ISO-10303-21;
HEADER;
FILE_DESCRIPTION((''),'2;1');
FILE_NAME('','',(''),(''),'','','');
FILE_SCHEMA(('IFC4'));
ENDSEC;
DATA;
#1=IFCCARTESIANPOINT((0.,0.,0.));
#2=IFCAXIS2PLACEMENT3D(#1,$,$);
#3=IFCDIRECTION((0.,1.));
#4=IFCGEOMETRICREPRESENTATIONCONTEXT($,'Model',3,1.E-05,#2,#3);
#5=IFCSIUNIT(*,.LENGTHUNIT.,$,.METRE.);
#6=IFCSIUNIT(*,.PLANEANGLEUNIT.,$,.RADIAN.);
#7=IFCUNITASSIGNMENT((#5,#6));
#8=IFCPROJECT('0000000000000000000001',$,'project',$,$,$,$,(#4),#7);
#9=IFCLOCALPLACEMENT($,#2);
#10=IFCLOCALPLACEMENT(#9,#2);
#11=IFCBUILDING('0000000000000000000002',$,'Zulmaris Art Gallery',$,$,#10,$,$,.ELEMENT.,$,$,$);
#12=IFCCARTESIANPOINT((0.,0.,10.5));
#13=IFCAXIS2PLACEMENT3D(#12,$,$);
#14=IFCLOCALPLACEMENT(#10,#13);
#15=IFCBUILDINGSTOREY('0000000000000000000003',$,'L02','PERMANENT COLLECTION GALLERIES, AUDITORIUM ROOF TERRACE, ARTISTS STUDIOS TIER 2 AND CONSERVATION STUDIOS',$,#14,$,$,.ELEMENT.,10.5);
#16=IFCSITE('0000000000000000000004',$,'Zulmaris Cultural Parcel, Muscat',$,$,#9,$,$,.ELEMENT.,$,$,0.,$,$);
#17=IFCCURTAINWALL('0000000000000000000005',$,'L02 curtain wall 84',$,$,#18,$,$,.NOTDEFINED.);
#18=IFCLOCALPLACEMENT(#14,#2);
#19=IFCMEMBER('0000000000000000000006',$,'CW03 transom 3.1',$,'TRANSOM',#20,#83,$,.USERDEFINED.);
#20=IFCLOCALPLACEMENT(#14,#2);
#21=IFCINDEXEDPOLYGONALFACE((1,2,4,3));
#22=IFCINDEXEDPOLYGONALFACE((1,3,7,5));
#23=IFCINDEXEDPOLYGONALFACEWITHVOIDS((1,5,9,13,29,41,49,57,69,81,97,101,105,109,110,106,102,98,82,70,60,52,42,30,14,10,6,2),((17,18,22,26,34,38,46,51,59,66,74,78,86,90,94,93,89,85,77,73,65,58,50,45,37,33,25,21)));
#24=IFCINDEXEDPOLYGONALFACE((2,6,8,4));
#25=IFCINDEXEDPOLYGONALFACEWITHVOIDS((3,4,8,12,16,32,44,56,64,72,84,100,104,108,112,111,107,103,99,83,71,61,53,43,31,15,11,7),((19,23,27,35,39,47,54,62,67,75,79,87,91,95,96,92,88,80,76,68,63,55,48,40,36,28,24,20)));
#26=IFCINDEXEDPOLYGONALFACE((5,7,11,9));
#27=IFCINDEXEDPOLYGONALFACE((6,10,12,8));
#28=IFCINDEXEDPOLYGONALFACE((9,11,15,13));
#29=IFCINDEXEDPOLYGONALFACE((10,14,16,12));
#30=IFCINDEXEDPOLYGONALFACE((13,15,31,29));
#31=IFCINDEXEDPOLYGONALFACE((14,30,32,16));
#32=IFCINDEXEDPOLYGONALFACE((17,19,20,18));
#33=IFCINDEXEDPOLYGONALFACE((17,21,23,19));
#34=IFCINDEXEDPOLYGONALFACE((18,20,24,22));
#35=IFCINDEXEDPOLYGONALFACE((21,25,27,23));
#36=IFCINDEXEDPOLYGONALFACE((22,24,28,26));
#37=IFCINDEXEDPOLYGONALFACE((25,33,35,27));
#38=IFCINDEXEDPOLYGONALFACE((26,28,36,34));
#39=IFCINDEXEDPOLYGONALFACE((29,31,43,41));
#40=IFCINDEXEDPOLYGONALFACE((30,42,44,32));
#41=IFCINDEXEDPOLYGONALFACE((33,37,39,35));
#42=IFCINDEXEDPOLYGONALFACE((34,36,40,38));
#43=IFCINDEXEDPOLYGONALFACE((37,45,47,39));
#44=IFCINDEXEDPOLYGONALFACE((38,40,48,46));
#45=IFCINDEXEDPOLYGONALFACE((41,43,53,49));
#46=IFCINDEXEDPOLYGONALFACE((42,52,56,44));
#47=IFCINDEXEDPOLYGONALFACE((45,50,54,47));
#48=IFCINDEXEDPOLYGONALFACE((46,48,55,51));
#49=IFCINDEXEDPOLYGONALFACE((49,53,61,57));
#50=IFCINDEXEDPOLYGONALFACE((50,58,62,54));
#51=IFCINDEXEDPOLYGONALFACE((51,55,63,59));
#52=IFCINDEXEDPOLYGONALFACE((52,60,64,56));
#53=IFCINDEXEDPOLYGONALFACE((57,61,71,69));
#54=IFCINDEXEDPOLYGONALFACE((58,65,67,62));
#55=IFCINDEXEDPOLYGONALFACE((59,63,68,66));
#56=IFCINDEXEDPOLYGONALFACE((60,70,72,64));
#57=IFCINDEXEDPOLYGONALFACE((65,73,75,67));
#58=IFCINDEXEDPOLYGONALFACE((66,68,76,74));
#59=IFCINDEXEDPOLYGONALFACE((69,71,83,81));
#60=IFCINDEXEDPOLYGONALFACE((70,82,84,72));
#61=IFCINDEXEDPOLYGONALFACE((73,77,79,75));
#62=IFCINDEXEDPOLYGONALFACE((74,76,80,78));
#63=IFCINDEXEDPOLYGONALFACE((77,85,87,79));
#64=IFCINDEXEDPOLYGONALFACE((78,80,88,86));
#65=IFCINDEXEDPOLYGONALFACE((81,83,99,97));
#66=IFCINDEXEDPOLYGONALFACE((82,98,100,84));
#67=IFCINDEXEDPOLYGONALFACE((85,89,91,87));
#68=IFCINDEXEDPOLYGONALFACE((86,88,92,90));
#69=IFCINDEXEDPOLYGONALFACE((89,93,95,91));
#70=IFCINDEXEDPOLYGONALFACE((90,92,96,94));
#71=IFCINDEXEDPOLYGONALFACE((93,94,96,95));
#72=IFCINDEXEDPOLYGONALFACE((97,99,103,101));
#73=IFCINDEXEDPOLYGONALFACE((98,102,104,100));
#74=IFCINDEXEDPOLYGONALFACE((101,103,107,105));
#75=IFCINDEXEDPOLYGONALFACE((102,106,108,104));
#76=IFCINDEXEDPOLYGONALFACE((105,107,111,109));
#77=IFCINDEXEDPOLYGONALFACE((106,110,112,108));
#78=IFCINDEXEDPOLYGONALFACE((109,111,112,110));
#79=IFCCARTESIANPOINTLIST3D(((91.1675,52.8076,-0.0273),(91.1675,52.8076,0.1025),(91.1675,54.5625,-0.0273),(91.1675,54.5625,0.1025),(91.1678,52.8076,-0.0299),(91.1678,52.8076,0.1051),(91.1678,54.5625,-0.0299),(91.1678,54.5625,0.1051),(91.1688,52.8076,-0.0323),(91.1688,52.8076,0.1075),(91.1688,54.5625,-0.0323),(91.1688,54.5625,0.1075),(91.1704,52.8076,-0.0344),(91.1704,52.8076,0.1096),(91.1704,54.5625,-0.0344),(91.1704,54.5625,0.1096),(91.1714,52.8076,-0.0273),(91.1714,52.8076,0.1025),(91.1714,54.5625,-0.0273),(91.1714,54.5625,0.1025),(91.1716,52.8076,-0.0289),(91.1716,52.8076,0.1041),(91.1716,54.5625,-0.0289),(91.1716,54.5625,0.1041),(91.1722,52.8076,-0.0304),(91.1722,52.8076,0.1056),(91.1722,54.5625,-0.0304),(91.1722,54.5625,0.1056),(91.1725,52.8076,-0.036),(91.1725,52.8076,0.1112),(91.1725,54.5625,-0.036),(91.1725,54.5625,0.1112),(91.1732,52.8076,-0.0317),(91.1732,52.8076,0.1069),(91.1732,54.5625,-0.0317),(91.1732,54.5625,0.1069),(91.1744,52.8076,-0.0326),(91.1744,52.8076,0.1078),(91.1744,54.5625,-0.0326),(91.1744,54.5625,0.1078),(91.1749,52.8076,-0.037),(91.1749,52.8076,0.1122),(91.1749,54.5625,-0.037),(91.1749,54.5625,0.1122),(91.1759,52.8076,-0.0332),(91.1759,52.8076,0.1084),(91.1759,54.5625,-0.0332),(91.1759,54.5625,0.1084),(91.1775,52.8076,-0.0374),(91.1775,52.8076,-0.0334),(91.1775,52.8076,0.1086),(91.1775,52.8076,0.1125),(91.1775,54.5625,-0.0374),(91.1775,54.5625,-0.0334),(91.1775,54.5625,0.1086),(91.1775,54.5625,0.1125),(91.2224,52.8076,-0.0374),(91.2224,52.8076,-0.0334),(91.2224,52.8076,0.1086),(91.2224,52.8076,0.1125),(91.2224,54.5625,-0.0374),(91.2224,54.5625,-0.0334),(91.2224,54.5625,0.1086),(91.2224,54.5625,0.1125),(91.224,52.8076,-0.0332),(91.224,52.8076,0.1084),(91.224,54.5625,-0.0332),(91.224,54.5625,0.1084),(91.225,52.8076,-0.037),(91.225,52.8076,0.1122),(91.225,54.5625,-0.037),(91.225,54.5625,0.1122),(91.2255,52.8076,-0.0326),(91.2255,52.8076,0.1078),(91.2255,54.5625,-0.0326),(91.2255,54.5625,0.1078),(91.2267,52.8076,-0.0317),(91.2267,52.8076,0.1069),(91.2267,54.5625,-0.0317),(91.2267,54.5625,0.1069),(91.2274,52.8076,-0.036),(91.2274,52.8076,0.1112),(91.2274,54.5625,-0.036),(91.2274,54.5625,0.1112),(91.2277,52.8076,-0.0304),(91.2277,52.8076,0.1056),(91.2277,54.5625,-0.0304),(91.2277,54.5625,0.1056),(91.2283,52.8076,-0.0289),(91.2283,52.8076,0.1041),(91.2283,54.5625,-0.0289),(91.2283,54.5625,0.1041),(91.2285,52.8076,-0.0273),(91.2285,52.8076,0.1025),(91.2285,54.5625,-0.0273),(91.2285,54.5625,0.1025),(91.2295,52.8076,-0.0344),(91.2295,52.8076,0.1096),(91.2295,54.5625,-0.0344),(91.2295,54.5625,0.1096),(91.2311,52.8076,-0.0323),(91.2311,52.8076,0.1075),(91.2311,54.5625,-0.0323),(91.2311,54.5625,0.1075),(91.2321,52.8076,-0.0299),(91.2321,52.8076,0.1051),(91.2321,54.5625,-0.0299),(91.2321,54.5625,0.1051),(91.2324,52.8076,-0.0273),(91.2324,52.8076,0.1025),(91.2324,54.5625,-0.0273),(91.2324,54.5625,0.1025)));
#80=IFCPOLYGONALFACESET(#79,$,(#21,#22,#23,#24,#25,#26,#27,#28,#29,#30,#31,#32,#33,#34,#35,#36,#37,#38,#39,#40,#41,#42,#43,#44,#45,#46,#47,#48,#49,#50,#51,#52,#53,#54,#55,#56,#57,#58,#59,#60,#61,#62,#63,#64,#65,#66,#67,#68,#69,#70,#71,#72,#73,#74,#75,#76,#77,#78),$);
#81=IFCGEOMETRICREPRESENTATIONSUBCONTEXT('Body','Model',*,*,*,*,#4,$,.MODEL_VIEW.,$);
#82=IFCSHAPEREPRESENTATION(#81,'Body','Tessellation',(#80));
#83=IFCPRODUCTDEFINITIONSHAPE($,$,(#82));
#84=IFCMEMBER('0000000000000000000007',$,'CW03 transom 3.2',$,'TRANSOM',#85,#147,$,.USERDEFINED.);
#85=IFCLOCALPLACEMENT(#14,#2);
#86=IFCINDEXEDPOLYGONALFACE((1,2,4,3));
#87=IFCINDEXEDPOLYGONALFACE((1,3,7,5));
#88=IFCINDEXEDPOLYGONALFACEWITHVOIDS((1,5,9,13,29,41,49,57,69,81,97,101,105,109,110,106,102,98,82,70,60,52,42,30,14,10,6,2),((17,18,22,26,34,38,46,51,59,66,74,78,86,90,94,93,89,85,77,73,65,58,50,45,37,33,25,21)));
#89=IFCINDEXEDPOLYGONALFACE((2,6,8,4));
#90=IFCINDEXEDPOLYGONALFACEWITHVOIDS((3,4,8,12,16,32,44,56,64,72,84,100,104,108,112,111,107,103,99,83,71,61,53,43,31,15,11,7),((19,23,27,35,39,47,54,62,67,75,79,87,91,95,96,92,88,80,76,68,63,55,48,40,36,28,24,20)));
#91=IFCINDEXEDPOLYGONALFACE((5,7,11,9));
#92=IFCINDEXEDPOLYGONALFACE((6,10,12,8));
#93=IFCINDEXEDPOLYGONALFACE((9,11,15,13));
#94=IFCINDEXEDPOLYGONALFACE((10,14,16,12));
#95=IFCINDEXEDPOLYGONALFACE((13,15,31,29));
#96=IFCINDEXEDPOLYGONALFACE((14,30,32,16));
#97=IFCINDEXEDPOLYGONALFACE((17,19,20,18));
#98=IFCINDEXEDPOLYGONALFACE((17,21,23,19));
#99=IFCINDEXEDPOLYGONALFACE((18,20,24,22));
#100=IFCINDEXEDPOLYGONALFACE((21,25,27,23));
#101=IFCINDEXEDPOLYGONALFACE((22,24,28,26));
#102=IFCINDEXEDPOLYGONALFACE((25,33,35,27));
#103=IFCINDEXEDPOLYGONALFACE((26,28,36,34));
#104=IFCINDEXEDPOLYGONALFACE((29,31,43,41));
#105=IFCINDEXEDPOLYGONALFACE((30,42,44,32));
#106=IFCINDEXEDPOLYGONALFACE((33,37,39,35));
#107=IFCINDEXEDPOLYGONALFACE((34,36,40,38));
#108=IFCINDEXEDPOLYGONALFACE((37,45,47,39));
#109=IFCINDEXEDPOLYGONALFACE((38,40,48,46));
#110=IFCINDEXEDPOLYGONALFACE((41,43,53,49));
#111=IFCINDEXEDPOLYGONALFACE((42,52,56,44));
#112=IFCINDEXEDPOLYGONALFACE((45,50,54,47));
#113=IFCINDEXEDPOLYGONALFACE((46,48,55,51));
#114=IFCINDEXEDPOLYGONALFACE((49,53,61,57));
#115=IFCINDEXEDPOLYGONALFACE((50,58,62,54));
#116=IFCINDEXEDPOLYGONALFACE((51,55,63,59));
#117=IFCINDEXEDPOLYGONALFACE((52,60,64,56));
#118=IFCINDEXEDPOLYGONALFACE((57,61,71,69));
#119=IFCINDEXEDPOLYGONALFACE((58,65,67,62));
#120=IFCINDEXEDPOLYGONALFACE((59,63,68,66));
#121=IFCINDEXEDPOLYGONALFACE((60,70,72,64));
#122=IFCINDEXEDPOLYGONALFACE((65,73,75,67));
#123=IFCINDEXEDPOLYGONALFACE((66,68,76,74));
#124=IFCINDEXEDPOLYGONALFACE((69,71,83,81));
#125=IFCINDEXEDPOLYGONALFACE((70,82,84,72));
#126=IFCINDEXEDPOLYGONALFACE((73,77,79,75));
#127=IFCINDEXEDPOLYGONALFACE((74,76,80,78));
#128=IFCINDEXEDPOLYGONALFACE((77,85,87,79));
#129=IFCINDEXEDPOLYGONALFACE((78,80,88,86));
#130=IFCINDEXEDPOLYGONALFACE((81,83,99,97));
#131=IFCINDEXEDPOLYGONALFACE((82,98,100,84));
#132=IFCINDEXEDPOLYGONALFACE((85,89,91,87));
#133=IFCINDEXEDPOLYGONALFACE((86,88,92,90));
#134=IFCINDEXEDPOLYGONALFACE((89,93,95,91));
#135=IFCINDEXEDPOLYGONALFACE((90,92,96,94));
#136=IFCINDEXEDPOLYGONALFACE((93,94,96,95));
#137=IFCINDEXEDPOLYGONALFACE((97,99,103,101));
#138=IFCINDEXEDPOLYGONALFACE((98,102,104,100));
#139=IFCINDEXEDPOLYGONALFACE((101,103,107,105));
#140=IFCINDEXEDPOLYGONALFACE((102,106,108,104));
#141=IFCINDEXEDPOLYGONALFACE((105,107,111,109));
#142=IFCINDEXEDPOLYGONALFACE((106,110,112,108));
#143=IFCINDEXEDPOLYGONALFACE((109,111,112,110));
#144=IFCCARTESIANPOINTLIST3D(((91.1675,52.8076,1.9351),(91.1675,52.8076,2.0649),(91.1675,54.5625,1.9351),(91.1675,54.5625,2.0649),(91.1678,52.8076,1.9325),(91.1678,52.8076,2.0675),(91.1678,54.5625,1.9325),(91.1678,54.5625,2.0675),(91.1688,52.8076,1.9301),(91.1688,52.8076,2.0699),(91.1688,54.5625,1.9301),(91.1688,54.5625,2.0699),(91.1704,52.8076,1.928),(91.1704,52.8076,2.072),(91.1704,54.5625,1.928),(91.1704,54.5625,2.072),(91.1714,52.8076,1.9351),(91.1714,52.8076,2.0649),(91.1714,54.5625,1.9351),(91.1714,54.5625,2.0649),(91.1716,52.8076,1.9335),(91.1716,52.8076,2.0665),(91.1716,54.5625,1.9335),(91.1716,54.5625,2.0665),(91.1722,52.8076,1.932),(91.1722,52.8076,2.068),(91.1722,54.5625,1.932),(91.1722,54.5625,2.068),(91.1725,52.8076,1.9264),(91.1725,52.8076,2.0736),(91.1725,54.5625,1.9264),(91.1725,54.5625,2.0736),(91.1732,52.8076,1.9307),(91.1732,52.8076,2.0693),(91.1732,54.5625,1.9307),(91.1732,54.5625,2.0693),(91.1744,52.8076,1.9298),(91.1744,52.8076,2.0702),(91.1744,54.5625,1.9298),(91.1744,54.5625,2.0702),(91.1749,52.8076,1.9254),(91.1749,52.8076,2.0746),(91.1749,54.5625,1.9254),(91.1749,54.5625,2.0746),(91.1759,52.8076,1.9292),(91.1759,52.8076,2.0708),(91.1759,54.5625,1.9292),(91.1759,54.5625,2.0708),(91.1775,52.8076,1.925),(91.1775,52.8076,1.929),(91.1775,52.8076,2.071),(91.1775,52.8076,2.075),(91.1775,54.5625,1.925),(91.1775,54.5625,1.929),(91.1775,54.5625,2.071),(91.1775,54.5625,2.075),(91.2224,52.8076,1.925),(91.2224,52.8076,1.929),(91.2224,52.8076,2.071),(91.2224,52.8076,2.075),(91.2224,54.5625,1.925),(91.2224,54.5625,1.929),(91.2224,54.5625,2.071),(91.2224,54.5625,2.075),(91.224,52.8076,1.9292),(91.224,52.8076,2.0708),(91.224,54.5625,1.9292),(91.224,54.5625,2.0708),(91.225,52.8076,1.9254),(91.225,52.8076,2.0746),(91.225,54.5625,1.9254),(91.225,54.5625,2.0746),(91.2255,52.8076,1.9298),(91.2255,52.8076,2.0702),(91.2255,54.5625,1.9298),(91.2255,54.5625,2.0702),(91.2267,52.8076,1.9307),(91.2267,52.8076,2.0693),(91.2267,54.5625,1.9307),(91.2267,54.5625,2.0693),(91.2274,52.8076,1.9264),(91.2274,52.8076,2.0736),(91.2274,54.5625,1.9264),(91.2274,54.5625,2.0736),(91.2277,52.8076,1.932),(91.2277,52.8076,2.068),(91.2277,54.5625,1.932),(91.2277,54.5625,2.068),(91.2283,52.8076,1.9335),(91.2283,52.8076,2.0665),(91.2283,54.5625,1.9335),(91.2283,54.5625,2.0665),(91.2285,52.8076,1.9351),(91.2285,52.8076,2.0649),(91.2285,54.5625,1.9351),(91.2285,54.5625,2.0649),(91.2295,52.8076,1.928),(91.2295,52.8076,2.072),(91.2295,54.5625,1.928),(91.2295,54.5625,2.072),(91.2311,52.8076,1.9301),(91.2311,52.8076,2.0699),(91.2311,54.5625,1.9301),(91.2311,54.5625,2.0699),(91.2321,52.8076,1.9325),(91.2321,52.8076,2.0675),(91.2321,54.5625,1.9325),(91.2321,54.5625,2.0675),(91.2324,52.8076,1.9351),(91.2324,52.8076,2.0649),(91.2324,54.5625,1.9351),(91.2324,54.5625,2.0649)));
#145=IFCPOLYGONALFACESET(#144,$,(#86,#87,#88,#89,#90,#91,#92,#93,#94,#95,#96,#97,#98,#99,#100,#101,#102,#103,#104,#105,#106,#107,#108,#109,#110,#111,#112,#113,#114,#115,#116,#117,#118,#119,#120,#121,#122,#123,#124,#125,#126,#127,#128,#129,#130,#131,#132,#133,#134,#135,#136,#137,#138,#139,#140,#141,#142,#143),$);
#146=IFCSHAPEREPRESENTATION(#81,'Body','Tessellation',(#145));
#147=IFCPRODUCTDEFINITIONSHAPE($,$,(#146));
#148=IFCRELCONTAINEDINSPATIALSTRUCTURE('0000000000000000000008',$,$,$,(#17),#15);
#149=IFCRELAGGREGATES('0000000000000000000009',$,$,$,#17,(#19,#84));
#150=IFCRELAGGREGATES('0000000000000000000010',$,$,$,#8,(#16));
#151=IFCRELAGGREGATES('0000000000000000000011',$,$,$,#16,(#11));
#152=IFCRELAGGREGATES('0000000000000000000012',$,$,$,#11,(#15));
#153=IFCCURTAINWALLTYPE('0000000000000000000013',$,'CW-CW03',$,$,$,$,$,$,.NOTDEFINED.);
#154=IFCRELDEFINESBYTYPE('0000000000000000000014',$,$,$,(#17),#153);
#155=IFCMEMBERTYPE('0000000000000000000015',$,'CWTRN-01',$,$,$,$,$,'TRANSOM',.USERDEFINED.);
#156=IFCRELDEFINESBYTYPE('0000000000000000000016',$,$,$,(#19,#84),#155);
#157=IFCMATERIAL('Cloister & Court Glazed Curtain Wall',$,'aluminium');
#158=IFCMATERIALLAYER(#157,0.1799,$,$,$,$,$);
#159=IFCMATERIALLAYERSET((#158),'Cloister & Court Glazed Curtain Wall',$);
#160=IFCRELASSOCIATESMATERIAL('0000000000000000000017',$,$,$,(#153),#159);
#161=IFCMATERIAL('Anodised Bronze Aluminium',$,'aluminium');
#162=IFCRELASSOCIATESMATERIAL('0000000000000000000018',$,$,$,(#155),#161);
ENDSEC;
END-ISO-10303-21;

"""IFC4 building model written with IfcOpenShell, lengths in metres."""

from ifc_helpers import new_model, si_unit, direction, frame, origin, origin_2d, place, context, subcontext, project, spatial, hollow_rectangle, extrude, material, layer, layer_set, material_profile, profile_set, type_object, element, aggregate, save


model = new_model("IFC4")

# Units and contexts
model_context = context("Model", 3, precision=1e-05, world=origin(), true_north=direction((0.0, 1.0)))
body_context = subcontext(model_context, "Body", "Model", "MODEL_VIEW")
ifc_project = project(units=[si_unit("LENGTHUNIT", "METRE"), si_unit("PLANEANGLEUNIT", "RADIAN")], contexts=[model_context])

# Site, building, storey
site_placement = place(None, origin())
site = spatial("IfcSite", under=ifc_project, at=site_placement, Name="Zulmaris Cultural Parcel, Muscat", CompositionType="ELEMENT", RefElevation=0.0)
building_placement = place(site_placement, origin())
building = spatial("IfcBuilding", under=site, at=building_placement, Name="Zulmaris Art Gallery", CompositionType="ELEMENT")
storey_placement = place(building_placement, frame((0.0, 0.0, 10.5)))
storey = spatial("IfcBuildingStorey", under=building, at=storey_placement, Name="L02", Description="PERMANENT COLLECTION GALLERIES, AUDITORIUM ROOF TERRACE, ARTISTS STUDIOS TIER 2 AND CONSERVATION STUDIOS", CompositionType="ELEMENT", Elevation=10.5)

# Curtain wall
ifc_material_1 = material(Name="Cloister & Court Glazed Curtain Wall", Category="aluminium")
ifc_layer_1 = layer(ifc_material_1, 0.1799)
ifc_layer_set_1 = layer_set([ifc_layer_1], Name="Cloister & Court Glazed Curtain Wall")
curtain_wall_type = type_object("IfcCurtainWallType", Name="CW-CW03", PredefinedType="NOTDEFINED", material=ifc_layer_set_1)
ifc_material_2 = material(Name="Anodised Bronze Aluminium", Category="aluminium")
curtain_wall_1_placement = place(storey_placement, origin())
curtain_wall_1 = element("IfcCurtainWall", 1, at=curtain_wall_1_placement, inside=storey, type_object=curtain_wall_type, Name="L02 curtain wall 84", PredefinedType="NOTDEFINED")

# Members
ifc_material_profile_1 = material_profile(ifc_material_2, hollow_rectangle(XDim=0.0649, YDim=0.1499, WallThickness=0.0039, InnerFilletRadius=0.0061, OuterFilletRadius=0.01, at=origin_2d()), Name="ALU 65x150x4")
ifc_profile_set_1 = profile_set([ifc_material_profile_1], Name="Anodised Bronze Aluminium")
member_type_1 = type_object("IfcMemberType", Name="CWTRN-01", ElementType="TRANSOM", PredefinedType="USERDEFINED", material=ifc_profile_set_1)
member_1_placement = place(storey_placement, frame((91.2, 54.5625, 0.0376), z_axis=(0.0, -1.0, 0.0), x_axis=(1.0, 0.0, 0.0)))
member_1 = element("IfcMember", 2, at=member_1_placement, type_object=member_type_1, Name="CW03 transom 3.1", ObjectType="TRANSOM", PredefinedType="USERDEFINED", context=body_context, shape_type="SweptSolid", body=[
    extrude(hollow_rectangle(XDim=0.0649, YDim=0.1499, WallThickness=0.0039, InnerFilletRadius=0.0061, OuterFilletRadius=0.01, at=origin_2d()), origin(), (0.0, 0.0, 1.0), 1.7549),
])
member_2_placement = place(storey_placement, frame((91.2, 54.5625, 2.0), z_axis=(0.0, -1.0, 0.0), x_axis=(1.0, 0.0, 0.0)))
member_2 = element("IfcMember", 3, at=member_2_placement, type_object=member_type_1, Name="CW03 transom 3.2", ObjectType="TRANSOM", PredefinedType="USERDEFINED", context=body_context, shape_type="SweptSolid", body=[
    extrude(hollow_rectangle(XDim=0.0649, YDim=0.1499, WallThickness=0.0039, InnerFilletRadius=0.0061, OuterFilletRadius=0.01, at=origin_2d()), origin(), (0.0, 0.0, 1.0), 1.7549),
])

aggregate(curtain_wall_1, [member_1, member_2])

save(model, "model.ifc")
